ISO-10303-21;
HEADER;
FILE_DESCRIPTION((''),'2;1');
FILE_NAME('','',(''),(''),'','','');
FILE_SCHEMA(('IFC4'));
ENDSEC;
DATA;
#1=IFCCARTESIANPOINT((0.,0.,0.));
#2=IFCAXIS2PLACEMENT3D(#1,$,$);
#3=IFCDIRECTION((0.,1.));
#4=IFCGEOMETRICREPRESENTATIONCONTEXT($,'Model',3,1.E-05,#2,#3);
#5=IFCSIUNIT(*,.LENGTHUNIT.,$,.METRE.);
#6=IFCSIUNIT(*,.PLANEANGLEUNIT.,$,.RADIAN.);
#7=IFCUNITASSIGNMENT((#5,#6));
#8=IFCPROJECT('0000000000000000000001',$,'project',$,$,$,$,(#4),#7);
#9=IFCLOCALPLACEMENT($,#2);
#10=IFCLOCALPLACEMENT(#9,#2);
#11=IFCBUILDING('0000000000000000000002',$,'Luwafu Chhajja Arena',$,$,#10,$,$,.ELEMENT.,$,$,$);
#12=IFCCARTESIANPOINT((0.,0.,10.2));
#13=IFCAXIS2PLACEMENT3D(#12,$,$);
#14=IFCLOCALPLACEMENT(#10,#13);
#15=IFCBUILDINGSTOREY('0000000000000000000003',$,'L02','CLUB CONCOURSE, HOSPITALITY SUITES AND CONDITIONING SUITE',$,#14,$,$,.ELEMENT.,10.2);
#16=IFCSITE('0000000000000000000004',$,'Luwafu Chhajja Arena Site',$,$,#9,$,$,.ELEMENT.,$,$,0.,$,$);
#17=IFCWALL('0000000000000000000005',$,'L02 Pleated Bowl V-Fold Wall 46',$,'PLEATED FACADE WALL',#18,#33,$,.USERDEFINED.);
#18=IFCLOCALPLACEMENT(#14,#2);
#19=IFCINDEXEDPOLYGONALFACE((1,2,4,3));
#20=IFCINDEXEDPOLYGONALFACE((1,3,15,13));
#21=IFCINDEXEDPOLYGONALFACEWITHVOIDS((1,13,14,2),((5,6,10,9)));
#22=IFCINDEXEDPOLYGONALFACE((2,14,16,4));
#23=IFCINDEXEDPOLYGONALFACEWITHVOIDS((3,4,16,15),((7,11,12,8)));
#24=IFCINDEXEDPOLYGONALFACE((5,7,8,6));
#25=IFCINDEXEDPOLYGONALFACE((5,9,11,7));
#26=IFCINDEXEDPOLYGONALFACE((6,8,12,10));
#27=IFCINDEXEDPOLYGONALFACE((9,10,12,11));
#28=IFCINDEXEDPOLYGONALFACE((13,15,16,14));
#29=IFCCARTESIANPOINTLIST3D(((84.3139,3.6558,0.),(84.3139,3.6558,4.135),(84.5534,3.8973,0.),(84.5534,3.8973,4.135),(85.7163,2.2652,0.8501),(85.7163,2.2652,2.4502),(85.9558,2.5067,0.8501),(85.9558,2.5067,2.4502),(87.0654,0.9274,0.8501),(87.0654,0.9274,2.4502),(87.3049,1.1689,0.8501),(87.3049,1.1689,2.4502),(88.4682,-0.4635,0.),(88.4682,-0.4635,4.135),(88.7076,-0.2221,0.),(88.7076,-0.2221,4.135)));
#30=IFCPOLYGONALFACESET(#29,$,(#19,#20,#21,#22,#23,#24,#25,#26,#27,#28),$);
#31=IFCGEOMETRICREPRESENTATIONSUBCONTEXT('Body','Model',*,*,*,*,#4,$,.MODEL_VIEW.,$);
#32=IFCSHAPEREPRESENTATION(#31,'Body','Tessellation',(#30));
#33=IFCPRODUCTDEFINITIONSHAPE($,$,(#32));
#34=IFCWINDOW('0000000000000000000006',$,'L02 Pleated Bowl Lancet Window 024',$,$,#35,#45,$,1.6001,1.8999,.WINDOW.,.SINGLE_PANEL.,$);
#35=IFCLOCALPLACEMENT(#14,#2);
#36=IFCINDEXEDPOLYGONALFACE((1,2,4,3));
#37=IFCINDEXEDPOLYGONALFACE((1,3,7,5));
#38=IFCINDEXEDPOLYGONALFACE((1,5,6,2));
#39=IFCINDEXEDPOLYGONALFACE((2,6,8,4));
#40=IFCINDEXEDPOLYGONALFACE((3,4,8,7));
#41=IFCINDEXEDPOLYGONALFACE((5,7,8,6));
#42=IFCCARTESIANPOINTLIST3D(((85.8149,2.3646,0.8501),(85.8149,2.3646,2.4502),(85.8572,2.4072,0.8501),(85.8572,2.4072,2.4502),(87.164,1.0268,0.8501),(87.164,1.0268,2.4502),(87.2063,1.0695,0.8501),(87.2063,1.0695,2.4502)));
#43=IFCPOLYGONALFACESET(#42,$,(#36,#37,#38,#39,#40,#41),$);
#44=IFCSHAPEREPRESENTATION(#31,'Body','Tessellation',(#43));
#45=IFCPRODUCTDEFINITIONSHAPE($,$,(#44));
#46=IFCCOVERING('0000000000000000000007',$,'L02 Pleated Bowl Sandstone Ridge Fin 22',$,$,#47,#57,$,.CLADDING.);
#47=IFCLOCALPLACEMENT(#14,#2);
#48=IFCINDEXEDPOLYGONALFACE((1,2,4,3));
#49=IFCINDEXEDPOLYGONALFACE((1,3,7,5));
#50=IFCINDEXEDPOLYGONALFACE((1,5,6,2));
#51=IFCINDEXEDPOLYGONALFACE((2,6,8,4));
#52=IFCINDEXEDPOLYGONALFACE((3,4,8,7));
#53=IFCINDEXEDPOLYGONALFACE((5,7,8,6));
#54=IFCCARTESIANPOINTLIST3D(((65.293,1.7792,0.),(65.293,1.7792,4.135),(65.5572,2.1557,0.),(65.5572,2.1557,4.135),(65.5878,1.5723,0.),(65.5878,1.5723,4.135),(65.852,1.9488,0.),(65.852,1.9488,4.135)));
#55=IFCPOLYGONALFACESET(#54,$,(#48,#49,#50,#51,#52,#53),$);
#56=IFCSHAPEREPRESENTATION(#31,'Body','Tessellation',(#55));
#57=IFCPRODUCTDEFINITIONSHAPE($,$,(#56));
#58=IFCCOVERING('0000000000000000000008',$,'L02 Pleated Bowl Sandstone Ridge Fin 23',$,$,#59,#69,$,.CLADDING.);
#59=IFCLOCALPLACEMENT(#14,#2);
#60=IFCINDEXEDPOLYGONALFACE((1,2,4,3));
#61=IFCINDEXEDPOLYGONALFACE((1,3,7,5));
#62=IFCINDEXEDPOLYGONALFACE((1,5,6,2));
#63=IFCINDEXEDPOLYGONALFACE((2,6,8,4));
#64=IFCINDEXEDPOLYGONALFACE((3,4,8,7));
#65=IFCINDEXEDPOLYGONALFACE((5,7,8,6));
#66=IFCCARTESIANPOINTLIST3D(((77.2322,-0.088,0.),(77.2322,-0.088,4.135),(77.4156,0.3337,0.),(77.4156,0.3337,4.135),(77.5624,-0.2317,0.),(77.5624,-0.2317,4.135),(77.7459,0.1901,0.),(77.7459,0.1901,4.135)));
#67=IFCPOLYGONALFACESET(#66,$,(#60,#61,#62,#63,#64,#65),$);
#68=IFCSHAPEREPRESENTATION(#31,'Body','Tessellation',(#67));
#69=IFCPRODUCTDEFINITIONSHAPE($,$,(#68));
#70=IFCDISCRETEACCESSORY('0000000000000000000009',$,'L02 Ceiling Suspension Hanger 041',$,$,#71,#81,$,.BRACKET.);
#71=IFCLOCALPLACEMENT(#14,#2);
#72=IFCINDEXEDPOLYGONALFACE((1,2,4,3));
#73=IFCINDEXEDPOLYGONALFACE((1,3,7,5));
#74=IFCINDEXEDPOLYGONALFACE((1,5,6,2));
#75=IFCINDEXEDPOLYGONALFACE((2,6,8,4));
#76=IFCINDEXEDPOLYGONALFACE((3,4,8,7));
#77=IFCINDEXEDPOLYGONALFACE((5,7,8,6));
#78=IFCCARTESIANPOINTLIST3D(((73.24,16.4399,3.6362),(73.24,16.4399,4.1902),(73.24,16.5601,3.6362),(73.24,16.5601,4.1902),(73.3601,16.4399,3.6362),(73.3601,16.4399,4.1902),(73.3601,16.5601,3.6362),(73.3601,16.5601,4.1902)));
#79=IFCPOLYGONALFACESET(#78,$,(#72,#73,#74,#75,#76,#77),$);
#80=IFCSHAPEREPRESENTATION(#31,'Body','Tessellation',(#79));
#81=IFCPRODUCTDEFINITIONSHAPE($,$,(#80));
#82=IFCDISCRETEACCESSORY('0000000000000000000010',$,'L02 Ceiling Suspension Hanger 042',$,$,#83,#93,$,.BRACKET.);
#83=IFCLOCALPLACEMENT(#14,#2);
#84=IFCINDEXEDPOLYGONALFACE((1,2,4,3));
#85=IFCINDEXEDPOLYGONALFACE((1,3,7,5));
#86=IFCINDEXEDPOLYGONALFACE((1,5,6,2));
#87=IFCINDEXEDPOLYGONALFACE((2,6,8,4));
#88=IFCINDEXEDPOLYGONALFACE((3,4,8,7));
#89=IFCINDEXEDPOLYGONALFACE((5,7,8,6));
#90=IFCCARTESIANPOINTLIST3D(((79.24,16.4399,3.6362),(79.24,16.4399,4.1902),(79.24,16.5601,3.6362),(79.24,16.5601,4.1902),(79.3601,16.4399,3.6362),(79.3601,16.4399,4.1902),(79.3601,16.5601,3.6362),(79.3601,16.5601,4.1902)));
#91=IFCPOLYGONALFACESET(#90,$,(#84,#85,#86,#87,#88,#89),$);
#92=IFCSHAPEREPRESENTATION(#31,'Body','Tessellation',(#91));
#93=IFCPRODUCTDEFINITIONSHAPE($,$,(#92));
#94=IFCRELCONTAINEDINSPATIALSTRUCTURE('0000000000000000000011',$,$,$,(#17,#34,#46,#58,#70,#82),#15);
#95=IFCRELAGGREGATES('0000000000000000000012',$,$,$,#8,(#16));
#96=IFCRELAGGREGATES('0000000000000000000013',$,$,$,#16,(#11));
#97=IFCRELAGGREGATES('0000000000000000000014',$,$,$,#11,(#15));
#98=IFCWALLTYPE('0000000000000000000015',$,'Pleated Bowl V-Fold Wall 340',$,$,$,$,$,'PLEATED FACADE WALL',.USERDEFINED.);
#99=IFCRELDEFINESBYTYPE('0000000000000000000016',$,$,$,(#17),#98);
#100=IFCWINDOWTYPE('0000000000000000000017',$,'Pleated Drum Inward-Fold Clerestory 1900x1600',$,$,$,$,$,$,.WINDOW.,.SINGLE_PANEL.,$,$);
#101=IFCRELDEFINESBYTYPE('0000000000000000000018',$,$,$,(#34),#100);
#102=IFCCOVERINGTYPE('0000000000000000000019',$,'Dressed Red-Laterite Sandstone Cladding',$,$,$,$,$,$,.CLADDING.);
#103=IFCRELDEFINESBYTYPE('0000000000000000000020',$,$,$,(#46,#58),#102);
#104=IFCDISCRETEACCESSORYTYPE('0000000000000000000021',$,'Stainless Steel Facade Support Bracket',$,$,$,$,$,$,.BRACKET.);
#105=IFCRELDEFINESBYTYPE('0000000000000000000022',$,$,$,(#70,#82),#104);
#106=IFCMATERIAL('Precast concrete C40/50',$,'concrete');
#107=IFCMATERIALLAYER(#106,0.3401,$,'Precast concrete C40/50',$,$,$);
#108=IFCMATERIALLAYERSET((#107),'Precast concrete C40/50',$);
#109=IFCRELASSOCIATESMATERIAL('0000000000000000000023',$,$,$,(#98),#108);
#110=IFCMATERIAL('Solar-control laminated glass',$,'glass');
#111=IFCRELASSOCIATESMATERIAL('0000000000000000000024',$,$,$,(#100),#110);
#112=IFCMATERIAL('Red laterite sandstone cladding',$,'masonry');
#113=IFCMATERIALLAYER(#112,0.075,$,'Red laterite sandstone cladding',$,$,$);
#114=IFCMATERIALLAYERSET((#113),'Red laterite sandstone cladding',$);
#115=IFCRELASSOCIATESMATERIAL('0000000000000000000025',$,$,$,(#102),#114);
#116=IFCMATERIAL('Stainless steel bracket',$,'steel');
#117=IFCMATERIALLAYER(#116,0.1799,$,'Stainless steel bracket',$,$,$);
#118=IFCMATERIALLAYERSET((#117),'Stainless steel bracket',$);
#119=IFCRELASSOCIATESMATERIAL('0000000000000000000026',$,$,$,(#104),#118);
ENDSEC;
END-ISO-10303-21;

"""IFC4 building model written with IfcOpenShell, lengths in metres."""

from ifc_helpers import new_model, si_unit, direction, frame, frame_2d, origin, origin_2d, place, context, subcontext, project, spatial, rectangle, extrude, material, layer, layer_set, type_object, element, fill, save


model = new_model("IFC4")

# Units and contexts
model_context = context("Model", 3, precision=1e-05, world=origin(), true_north=direction((0.0, 1.0)))
body_context = subcontext(model_context, "Body", "Model", "MODEL_VIEW")
ifc_project = project(units=[si_unit("LENGTHUNIT", "METRE"), si_unit("PLANEANGLEUNIT", "RADIAN")], contexts=[model_context])

# Site, building, storey
site_placement = place(None, origin())
site = spatial("IfcSite", under=ifc_project, at=site_placement, Name="Luwafu Chhajja Arena Site", CompositionType="ELEMENT", RefElevation=0.0)
building_placement = place(site_placement, origin())
building = spatial("IfcBuilding", under=site, at=building_placement, Name="Luwafu Chhajja Arena", CompositionType="ELEMENT")
storey_placement = place(building_placement, frame((0.0, 0.0, 10.2)))
storey = spatial("IfcBuildingStorey", under=building, at=storey_placement, Name="L02", Description="CLUB CONCOURSE, HOSPITALITY SUITES AND CONDITIONING SUITE", CompositionType="ELEMENT", Elevation=10.2)

# Wall, opening, window
ifc_material_1 = material(Name="Precast concrete C40/50", Category="concrete")
ifc_layer_1 = layer(ifc_material_1, 0.3401, Name="Precast concrete C40/50")
ifc_layer_set_1 = layer_set([ifc_layer_1], Name="Precast concrete C40/50")
wall_type_1 = type_object("IfcWallType", Name="Pleated Bowl V-Fold Wall 340", ElementType="PLEATED FACADE WALL", PredefinedType="USERDEFINED", material=ifc_layer_set_1)
ifc_material_2 = material(Name="Solar-control laminated glass", Category="glass")
window_type_1 = type_object("IfcWindowType", Name="Pleated Drum Inward-Fold Clerestory 1900x1600", PartitioningType="SINGLE_PANEL", PredefinedType="WINDOW", material=ifc_material_2)
wall_1_placement = place(storey_placement, frame((84.4336, 3.7766, 0.0), z_axis=(0.0, 0.0, 1.0), x_axis=(0.710084, -0.704117, 0.0)))
wall_1 = element("IfcWall", 1, at=wall_1_placement, inside=storey, type_object=wall_type_1, Name="L02 Pleated Bowl V-Fold Wall 46", ObjectType="PLEATED FACADE WALL", PredefinedType="USERDEFINED", context=body_context, shape_type="SweptSolid", body=[
    extrude(rectangle(XDim=5.8503, YDim=0.3401, at=frame_2d((2.9253, 0.0))), origin(), (0.0, 0.0, 1.0), 4.135),
])
opening_1_placement = place(wall_1_placement, frame((1.9751, 0.0, 0.8501)))
opening_1 = element("IfcOpeningElement", 2, at=opening_1_placement, cuts=wall_1, PredefinedType="OPENING", context=body_context, shape_type="SweptSolid", body=[
    extrude(rectangle(XDim=1.8999, YDim=1.6001, at=frame_2d((0.95, 0.8))), frame((0.0, 0.1799, 0.0), z_axis=(0.0, -1.0, 0.0), x_axis=(1.0, 0.0, 0.0)), (0.0, 0.0, 1.0), 0.3601),
])
window_1_placement = place(opening_1_placement, origin())
window_1 = element("IfcWindow", 3, at=window_1_placement, inside=storey, type_object=window_type_1, Name="L02 Pleated Bowl Lancet Window 024", OverallHeight=1.6001, OverallWidth=1.8999, PartitioningType="SINGLE_PANEL", PredefinedType="WINDOW", context=body_context, shape_type="SweptSolid", body=[
    extrude(rectangle(XDim=1.8999, YDim=1.6001, at=frame_2d((0.95, 0.8))), frame((0.0, 0.03, 0.0), z_axis=(0.0, -1.0, 0.0), x_axis=(1.0, 0.0, 0.0)), (0.0, 0.0, 1.0), 0.0601),
])
fill(opening_1, window_1)

# Coverings
ifc_material_3 = material(Name="Red laterite sandstone cladding", Category="masonry")
ifc_layer_2 = layer(ifc_material_3, 0.075, Name="Red laterite sandstone cladding")
ifc_layer_set_2 = layer_set([ifc_layer_2], Name="Red laterite sandstone cladding")
covering_type = type_object("IfcCoveringType", Name="Dressed Red-Laterite Sandstone Cladding", PredefinedType="CLADDING", material=ifc_layer_set_2)
for number, where, z_axis, x_axis, name in (
    (4, (65.5725, 1.864, 0.0), (0.0, 0.0, 1.0), (-0.574411, -0.818567, 0.0), "L02 Pleated Bowl Sandstone Ridge Fin 22"),
    (5, (77.489, 0.051, 0.0), (0.0, 0.0, 1.0), (-0.398903, -0.916993, 0.0), "L02 Pleated Bowl Sandstone Ridge Fin 23"),
):
    element("IfcCovering", number, at=place(storey_placement, frame(where, z_axis=z_axis, x_axis=x_axis)), inside=storey, type_object=covering_type, Name=name, PredefinedType="CLADDING", context=body_context, shape_type="SweptSolid", body=[
        extrude(rectangle(XDim=0.46, YDim=0.3601, at=origin_2d()), origin(), (0.0, 0.0, 1.0), 4.135),
    ])

# Discrete accessories
ifc_material_4 = material(Name="Stainless steel bracket", Category="steel")
ifc_layer_3 = layer(ifc_material_4, 0.1799, Name="Stainless steel bracket")
ifc_layer_set_3 = layer_set([ifc_layer_3], Name="Stainless steel bracket")
discrete_accessory_type = type_object("IfcDiscreteAccessoryType", Name="Stainless Steel Facade Support Bracket", PredefinedType="BRACKET", material=ifc_layer_set_3)
for number, where, z_axis, x_axis, name in (
    (6, (73.3, 16.5, 3.6362), (0.0, 0.0, 1.0), (1.0, 0.0, 0.0), "L02 Ceiling Suspension Hanger 041"),
    (7, (79.3, 16.5, 3.6362), (0.0, 0.0, 1.0), (1.0, 0.0, 0.0), "L02 Ceiling Suspension Hanger 042"),
):
    element("IfcDiscreteAccessory", number, at=place(storey_placement, frame(where, z_axis=z_axis, x_axis=x_axis)), inside=storey, type_object=discrete_accessory_type, Name=name, PredefinedType="BRACKET", context=body_context, shape_type="SweptSolid", body=[
        extrude(rectangle(XDim=0.1201, YDim=0.1201, at=origin_2d()), origin(), (0.0, 0.0, 1.0), 0.554),
    ])

save(model, "model.ifc")
